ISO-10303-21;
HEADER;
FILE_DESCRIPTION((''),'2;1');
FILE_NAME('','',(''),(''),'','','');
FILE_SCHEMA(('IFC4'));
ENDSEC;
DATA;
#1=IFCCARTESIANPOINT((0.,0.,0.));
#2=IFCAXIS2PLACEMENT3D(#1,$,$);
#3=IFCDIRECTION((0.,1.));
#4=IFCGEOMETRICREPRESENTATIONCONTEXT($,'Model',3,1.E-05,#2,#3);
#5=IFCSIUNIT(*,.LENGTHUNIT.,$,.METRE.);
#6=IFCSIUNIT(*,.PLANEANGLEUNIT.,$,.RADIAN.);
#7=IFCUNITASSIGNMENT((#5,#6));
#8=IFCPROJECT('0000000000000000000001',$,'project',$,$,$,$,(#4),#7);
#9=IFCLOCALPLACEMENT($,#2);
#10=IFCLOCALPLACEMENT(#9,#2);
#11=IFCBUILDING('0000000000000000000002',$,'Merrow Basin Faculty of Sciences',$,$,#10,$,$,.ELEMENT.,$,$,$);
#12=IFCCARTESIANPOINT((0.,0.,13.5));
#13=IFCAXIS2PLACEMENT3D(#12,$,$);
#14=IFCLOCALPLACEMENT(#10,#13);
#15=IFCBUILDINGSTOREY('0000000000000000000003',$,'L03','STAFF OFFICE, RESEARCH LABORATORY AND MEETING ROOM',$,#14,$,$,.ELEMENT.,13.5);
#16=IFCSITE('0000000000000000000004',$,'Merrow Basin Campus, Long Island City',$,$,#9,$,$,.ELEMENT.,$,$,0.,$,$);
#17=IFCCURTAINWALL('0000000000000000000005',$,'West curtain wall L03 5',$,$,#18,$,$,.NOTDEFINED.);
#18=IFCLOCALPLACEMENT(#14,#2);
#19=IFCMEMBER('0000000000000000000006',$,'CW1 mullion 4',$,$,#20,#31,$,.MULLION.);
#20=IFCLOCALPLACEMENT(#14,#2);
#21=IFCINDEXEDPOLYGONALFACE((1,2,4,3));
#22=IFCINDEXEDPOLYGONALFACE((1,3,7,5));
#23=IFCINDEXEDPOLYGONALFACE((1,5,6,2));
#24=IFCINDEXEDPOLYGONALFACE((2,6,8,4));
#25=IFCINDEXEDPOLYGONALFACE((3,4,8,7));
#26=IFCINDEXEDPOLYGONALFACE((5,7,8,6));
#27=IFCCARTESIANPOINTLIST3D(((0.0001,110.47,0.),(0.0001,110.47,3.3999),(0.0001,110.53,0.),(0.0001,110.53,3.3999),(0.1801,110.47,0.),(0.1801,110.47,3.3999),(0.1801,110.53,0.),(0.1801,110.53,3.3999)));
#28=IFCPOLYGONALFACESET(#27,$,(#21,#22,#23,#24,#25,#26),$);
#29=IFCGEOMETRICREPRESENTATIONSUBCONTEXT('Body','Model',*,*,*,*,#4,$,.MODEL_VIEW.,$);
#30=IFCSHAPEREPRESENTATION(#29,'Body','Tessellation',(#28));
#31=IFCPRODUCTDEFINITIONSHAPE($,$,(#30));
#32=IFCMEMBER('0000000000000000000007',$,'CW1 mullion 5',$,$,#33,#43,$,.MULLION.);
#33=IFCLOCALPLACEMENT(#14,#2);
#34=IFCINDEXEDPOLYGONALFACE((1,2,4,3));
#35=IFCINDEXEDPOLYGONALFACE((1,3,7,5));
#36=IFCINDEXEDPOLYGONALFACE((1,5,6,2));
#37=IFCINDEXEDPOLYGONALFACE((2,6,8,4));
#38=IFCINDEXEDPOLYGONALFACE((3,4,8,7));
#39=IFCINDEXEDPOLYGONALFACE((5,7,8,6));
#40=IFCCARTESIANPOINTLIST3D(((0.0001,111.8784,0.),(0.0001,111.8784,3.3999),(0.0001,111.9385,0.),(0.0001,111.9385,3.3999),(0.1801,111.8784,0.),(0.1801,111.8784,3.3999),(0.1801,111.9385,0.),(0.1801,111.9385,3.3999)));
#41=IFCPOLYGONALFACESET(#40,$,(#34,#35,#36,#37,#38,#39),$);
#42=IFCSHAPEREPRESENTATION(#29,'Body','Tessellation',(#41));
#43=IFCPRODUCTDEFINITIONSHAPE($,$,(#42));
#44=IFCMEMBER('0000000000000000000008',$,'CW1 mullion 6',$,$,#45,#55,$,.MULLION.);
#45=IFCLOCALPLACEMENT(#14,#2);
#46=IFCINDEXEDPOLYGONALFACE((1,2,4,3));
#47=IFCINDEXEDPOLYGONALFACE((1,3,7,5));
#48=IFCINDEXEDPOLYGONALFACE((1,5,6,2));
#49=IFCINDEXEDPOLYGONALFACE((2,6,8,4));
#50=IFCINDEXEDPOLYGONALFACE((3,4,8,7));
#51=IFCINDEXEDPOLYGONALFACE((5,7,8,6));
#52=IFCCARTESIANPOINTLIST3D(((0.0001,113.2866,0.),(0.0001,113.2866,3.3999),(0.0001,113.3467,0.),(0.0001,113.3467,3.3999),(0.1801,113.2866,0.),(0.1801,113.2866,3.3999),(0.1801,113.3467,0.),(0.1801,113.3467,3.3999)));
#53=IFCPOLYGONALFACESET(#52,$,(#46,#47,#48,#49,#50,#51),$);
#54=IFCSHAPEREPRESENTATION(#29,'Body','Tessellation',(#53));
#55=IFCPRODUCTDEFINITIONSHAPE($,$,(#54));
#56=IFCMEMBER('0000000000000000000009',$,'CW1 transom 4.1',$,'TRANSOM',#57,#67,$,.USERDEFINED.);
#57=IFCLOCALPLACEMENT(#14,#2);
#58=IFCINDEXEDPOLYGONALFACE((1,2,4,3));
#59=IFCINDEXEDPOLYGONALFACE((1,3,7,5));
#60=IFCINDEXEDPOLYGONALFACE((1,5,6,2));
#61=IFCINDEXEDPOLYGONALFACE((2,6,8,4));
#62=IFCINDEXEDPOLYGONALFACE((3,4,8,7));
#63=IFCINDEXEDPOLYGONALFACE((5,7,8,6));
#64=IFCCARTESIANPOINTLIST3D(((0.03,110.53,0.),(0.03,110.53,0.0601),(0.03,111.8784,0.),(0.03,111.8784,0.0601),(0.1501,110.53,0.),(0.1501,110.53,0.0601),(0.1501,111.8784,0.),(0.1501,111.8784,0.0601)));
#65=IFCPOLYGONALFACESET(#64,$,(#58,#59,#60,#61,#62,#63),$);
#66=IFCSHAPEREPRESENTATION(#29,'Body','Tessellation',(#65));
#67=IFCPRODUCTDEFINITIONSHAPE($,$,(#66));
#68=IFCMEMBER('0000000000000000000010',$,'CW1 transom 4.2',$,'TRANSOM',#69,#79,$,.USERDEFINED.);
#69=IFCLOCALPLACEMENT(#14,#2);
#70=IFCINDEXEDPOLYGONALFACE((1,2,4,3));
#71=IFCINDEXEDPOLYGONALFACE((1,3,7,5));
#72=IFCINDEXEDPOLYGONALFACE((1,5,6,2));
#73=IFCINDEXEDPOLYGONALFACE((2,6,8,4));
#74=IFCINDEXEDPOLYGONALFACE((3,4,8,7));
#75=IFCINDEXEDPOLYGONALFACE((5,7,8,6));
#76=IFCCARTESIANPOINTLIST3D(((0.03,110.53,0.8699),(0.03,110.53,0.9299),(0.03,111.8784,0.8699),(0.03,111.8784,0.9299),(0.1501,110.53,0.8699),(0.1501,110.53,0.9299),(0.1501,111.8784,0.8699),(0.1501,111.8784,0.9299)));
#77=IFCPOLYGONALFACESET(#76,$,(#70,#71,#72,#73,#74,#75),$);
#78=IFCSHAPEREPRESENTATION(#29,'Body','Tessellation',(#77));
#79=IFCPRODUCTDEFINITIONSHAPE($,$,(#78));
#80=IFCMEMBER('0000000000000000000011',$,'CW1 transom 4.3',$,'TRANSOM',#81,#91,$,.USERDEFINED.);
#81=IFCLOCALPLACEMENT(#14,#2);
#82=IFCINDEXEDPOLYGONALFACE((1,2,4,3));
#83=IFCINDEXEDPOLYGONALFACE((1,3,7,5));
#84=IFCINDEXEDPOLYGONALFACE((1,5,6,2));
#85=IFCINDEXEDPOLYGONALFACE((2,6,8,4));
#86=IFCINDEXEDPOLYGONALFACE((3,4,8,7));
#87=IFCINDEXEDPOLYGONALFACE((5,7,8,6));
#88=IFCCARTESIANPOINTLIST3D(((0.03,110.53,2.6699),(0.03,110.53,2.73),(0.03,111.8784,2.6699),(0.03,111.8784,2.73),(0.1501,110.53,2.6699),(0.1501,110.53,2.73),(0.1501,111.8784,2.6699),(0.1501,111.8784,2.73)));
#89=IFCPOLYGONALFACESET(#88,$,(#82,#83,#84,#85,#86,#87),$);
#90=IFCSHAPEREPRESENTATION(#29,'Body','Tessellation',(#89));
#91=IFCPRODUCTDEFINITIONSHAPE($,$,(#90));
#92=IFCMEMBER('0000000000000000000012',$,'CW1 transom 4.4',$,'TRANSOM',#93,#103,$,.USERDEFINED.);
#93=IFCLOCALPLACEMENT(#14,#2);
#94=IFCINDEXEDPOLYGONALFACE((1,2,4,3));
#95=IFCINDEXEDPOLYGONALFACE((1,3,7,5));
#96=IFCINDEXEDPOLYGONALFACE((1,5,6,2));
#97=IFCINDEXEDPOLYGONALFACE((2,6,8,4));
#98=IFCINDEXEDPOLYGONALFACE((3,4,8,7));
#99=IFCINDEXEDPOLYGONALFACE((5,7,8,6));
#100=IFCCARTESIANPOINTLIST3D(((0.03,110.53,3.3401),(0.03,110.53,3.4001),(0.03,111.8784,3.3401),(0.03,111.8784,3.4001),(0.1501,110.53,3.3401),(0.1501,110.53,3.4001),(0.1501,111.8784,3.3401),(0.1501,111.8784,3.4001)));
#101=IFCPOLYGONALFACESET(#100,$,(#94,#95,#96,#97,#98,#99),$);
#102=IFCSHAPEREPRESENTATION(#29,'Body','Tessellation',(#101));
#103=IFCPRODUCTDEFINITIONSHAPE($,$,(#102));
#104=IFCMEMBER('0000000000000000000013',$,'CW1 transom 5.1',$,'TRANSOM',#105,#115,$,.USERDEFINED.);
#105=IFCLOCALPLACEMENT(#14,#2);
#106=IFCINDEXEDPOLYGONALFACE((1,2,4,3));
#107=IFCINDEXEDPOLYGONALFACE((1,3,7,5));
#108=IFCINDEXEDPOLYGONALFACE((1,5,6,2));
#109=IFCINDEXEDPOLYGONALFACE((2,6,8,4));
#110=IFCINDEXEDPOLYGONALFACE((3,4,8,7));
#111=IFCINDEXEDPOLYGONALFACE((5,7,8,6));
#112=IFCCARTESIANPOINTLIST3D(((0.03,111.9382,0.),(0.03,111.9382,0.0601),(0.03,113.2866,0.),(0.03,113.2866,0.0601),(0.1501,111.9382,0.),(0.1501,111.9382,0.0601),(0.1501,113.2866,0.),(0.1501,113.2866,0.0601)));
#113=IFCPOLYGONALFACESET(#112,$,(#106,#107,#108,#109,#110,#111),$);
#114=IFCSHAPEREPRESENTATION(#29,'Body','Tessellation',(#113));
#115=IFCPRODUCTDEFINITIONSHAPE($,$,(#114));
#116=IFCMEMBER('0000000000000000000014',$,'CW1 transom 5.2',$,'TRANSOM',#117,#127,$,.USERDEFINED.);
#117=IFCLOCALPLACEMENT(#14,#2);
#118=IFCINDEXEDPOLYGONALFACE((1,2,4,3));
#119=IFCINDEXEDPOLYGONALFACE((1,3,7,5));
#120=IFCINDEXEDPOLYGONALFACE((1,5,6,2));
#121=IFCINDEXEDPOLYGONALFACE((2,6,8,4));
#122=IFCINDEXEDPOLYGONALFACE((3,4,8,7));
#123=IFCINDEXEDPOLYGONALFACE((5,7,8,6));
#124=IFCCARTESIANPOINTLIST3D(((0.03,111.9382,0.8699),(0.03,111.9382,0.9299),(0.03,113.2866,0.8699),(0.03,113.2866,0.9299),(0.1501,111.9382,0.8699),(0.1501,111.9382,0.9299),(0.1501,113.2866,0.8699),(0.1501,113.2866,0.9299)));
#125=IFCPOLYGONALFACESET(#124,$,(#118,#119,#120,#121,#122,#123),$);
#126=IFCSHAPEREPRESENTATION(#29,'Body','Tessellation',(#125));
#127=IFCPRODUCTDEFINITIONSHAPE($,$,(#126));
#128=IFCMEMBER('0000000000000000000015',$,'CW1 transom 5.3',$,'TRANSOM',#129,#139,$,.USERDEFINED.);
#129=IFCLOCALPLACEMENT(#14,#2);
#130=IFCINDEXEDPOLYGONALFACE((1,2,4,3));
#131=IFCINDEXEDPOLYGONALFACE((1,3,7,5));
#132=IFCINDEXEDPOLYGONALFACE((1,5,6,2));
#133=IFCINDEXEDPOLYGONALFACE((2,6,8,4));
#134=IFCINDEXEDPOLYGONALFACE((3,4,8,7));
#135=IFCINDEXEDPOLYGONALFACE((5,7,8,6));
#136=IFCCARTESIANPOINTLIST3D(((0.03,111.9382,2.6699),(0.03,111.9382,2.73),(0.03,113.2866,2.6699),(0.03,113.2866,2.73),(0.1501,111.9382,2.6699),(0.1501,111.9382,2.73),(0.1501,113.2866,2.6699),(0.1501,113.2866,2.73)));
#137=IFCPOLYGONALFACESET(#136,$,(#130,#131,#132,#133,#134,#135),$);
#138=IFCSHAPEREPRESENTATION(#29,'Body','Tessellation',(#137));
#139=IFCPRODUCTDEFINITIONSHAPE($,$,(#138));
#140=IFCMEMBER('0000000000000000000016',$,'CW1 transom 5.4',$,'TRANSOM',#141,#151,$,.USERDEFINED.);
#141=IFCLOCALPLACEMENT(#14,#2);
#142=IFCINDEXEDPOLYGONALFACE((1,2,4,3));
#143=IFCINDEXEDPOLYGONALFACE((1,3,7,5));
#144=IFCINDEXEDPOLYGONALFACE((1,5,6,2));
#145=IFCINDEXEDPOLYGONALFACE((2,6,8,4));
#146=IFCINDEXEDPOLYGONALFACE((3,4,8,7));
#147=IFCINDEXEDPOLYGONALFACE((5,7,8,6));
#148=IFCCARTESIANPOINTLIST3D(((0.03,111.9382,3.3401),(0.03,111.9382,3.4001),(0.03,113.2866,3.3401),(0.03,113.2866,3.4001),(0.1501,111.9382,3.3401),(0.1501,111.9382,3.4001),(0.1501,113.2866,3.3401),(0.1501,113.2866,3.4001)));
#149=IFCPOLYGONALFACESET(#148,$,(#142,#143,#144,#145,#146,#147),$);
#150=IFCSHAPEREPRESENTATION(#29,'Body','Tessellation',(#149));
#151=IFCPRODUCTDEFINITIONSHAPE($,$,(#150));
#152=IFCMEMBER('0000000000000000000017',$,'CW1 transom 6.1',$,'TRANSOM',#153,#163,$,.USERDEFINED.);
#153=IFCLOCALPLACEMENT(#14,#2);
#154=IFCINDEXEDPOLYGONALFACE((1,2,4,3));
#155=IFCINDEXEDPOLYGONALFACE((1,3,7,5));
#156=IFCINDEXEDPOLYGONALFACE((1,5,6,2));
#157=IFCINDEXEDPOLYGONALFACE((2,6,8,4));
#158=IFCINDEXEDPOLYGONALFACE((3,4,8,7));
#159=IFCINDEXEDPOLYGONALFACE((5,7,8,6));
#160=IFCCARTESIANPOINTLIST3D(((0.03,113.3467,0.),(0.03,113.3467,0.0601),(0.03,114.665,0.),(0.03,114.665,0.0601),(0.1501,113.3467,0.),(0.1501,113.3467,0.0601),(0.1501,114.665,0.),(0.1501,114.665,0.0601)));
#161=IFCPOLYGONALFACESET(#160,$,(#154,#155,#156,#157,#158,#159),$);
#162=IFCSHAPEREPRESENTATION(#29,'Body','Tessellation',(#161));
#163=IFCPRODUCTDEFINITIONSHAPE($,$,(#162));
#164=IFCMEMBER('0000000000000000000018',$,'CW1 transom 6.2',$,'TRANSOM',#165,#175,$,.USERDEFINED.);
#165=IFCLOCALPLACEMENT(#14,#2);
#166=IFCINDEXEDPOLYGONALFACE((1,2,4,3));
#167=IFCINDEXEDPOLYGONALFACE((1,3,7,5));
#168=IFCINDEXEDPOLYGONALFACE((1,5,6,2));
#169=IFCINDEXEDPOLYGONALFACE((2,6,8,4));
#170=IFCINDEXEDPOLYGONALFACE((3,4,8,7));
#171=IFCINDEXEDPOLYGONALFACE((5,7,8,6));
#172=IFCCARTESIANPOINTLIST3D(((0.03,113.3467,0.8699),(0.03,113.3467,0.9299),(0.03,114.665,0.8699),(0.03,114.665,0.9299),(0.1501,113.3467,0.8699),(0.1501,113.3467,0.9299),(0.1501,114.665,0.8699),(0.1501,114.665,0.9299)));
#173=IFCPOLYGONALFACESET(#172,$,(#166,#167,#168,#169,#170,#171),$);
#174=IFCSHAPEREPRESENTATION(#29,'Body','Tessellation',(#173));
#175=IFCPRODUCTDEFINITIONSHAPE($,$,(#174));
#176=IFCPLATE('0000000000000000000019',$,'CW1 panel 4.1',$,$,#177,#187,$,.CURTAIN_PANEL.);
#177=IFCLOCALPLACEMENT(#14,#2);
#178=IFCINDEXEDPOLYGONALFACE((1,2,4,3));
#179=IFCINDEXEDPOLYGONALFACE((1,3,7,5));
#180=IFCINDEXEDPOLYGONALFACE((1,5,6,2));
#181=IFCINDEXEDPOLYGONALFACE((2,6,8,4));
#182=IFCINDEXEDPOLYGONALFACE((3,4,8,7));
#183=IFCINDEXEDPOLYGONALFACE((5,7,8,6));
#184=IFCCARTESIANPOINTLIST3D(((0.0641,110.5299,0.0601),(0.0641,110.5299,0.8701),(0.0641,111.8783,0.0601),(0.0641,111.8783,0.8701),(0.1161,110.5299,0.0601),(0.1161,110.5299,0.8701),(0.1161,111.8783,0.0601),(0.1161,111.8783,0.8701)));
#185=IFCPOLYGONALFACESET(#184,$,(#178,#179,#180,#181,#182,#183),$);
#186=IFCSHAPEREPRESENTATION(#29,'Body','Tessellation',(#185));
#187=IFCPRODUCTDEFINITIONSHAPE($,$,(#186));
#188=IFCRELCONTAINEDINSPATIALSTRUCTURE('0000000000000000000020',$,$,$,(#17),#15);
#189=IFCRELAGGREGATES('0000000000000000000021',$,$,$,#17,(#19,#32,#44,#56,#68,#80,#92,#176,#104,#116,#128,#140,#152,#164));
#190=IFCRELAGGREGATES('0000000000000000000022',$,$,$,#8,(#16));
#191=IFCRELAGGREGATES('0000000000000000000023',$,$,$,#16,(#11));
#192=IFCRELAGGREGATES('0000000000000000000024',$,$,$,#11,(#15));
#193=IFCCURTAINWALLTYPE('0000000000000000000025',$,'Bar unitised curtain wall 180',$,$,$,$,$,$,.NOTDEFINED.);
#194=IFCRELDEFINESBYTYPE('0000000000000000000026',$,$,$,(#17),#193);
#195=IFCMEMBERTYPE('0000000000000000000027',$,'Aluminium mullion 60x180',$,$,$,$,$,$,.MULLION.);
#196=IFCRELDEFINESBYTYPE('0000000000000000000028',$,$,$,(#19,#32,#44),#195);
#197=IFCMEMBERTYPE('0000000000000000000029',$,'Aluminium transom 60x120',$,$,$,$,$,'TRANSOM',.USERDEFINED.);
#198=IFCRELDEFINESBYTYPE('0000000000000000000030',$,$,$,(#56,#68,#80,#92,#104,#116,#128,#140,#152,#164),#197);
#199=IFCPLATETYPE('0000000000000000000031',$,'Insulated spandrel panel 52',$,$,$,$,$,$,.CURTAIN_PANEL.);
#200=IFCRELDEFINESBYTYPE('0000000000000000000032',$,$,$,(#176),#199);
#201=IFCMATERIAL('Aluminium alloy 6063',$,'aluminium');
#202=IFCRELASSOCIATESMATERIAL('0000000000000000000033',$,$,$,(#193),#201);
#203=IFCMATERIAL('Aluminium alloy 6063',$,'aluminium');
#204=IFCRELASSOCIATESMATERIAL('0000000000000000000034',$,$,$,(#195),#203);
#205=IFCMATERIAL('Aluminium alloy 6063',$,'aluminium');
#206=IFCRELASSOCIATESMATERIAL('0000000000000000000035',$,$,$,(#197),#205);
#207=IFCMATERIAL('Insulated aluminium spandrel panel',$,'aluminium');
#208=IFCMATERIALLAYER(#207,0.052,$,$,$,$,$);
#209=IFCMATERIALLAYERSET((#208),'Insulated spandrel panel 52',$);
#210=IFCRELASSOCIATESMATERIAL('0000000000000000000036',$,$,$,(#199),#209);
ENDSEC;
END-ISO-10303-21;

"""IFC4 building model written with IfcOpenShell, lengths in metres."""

from ifc_helpers import new_model, si_unit, direction, frame, origin, origin_2d, place, context, subcontext, project, spatial, rectangle, extrude, material, layer, layer_set, material_profile, profile_set, type_object, element, aggregate, save


model = new_model("IFC4")

# Units and contexts
model_context = context("Model", 3, precision=1e-05, world=origin(), true_north=direction((0.0, 1.0)))
body_context = subcontext(model_context, "Body", "Model", "MODEL_VIEW")
ifc_project = project(units=[si_unit("LENGTHUNIT", "METRE"), si_unit("PLANEANGLEUNIT", "RADIAN")], contexts=[model_context])

# Site, building, storey
site_placement = place(None, origin())
site = spatial("IfcSite", under=ifc_project, at=site_placement, Name="Merrow Basin Campus, Long Island City", CompositionType="ELEMENT", RefElevation=0.0)
building_placement = place(site_placement, origin())
building = spatial("IfcBuilding", under=site, at=building_placement, Name="Merrow Basin Faculty of Sciences", CompositionType="ELEMENT")
storey_placement = place(building_placement, frame((0.0, 0.0, 13.5)))
storey = spatial("IfcBuildingStorey", under=building, at=storey_placement, Name="L03", Description="STAFF OFFICE, RESEARCH LABORATORY AND MEETING ROOM", CompositionType="ELEMENT", Elevation=13.5)

# Curtain wall, members, plate
ifc_material_1 = material(Name="Aluminium alloy 6063", Category="aluminium")
curtain_wall_type = type_object("IfcCurtainWallType", Name="Bar unitised curtain wall 180", PredefinedType="NOTDEFINED", material=ifc_material_1)
curtain_wall_placement = place(storey_placement, origin())
curtain_wall = element("IfcCurtainWall", 1, at=curtain_wall_placement, inside=storey, type_object=curtain_wall_type, Name="West curtain wall L03 5", PredefinedType="NOTDEFINED")
ifc_material_2 = material(Name="Aluminium alloy 6063", Category="aluminium")
ifc_material_profile_1 = material_profile(ifc_material_2, rectangle(XDim=0.1799, YDim=0.0601, at=origin_2d()))
ifc_profile_set_1 = profile_set([ifc_material_profile_1], Name="Aluminium alloy 6063")
member_type_1 = type_object("IfcMemberType", Name="Aluminium mullion 60x180", PredefinedType="MULLION", material=ifc_profile_set_1)
member_1_placement = place(storey_placement, frame((0.0901, 110.5, 0.0), z_axis=(0.0, 0.0, 1.0), x_axis=(-1.0, 0.0, 0.0)))
member_1 = element("IfcMember", 2, at=member_1_placement, type_object=member_type_1, Name="CW1 mullion 4", PredefinedType="MULLION", context=body_context, shape_type="SweptSolid", body=[
    extrude(rectangle(XDim=0.1799, YDim=0.0601, at=origin_2d()), origin(), (0.0, 0.0, 1.0), 3.3999),
])
member_2_placement = place(storey_placement, frame((0.0901, 111.9084, 0.0), z_axis=(0.0, 0.0, 1.0), x_axis=(-1.0, 0.0, 0.0)))
member_2 = element("IfcMember", 3, at=member_2_placement, type_object=member_type_1, Name="CW1 mullion 5", PredefinedType="MULLION", context=body_context, shape_type="SweptSolid", body=[
    extrude(rectangle(XDim=0.1799, YDim=0.0601, at=origin_2d()), origin(), (0.0, 0.0, 1.0), 3.3999),
])
member_3_placement = place(storey_placement, frame((0.0901, 113.3167, 0.0), z_axis=(0.0, 0.0, 1.0), x_axis=(-1.0, 0.0, 0.0)))
member_3 = element("IfcMember", 4, at=member_3_placement, type_object=member_type_1, Name="CW1 mullion 6", PredefinedType="MULLION", context=body_context, shape_type="SweptSolid", body=[
    extrude(rectangle(XDim=0.1799, YDim=0.0601, at=origin_2d()), origin(), (0.0, 0.0, 1.0), 3.3999),
])
ifc_material_3 = material(Name="Aluminium alloy 6063", Category="aluminium")
ifc_material_profile_2 = material_profile(ifc_material_3, rectangle(XDim=0.1201, YDim=0.0601, at=origin_2d()))
ifc_profile_set_2 = profile_set([ifc_material_profile_2], Name="Aluminium alloy 6063")
member_type_2 = type_object("IfcMemberType", Name="Aluminium transom 60x120", ElementType="TRANSOM", PredefinedType="USERDEFINED", material=ifc_profile_set_2)
member_4_placement = place(storey_placement, frame((0.0901, 110.53, 0.03), z_axis=(0.0, 1.0, 0.0), x_axis=(-1.0, 0.0, 0.0)))
member_4 = element("IfcMember", 5, at=member_4_placement, type_object=member_type_2, Name="CW1 transom 4.1", ObjectType="TRANSOM", PredefinedType="USERDEFINED", context=body_context, shape_type="SweptSolid", body=[
    extrude(rectangle(XDim=0.1201, YDim=0.0601, at=origin_2d()), origin(), (0.0, 0.0, 1.0), 1.3484),
])
member_5_placement = place(storey_placement, frame((0.0901, 110.53, 0.8999), z_axis=(0.0, 1.0, 0.0), x_axis=(-1.0, 0.0, 0.0)))
member_5 = element("IfcMember", 6, at=member_5_placement, type_object=member_type_2, Name="CW1 transom 4.2", ObjectType="TRANSOM", PredefinedType="USERDEFINED", context=body_context, shape_type="SweptSolid", body=[
    extrude(rectangle(XDim=0.1201, YDim=0.0601, at=origin_2d()), origin(), (0.0, 0.0, 1.0), 1.3484),
])
member_6_placement = place(storey_placement, frame((0.0901, 110.53, 2.7), z_axis=(0.0, 1.0, 0.0), x_axis=(-1.0, 0.0, 0.0)))
member_6 = element("IfcMember", 7, at=member_6_placement, type_object=member_type_2, Name="CW1 transom 4.3", ObjectType="TRANSOM", PredefinedType="USERDEFINED", context=body_context, shape_type="SweptSolid", body=[
    extrude(rectangle(XDim=0.1201, YDim=0.0601, at=origin_2d()), origin(), (0.0, 0.0, 1.0), 1.3484),
])
member_7_placement = place(storey_placement, frame((0.0901, 110.53, 3.3701), z_axis=(0.0, 1.0, 0.0), x_axis=(-1.0, 0.0, 0.0)))
member_7 = element("IfcMember", 8, at=member_7_placement, type_object=member_type_2, Name="CW1 transom 4.4", ObjectType="TRANSOM", PredefinedType="USERDEFINED", context=body_context, shape_type="SweptSolid", body=[
    extrude(rectangle(XDim=0.1201, YDim=0.0601, at=origin_2d()), origin(), (0.0, 0.0, 1.0), 1.3484),
])
member_8_placement = place(storey_placement, frame((0.0901, 111.9382, 0.03), z_axis=(0.0, 1.0, 0.0), x_axis=(-1.0, 0.0, 0.0)))
member_8 = element("IfcMember", 9, at=member_8_placement, type_object=member_type_2, Name="CW1 transom 5.1", ObjectType="TRANSOM", PredefinedType="USERDEFINED", context=body_context, shape_type="SweptSolid", body=[
    extrude(rectangle(XDim=0.1201, YDim=0.0601, at=origin_2d()), origin(), (0.0, 0.0, 1.0), 1.3484),
])
member_9_placement = place(storey_placement, frame((0.0901, 111.9382, 0.8999), z_axis=(0.0, 1.0, 0.0), x_axis=(-1.0, 0.0, 0.0)))
member_9 = element("IfcMember", 10, at=member_9_placement, type_object=member_type_2, Name="CW1 transom 5.2", ObjectType="TRANSOM", PredefinedType="USERDEFINED", context=body_context, shape_type="SweptSolid", body=[
    extrude(rectangle(XDim=0.1201, YDim=0.0601, at=origin_2d()), origin(), (0.0, 0.0, 1.0), 1.3484),
])
member_10_placement = place(storey_placement, frame((0.0901, 111.9382, 2.7), z_axis=(0.0, 1.0, 0.0), x_axis=(-1.0, 0.0, 0.0)))
member_10 = element("IfcMember", 11, at=member_10_placement, type_object=member_type_2, Name="CW1 transom 5.3", ObjectType="TRANSOM", PredefinedType="USERDEFINED", context=body_context, shape_type="SweptSolid", body=[
    extrude(rectangle(XDim=0.1201, YDim=0.0601, at=origin_2d()), origin(), (0.0, 0.0, 1.0), 1.3484),
])
member_11_placement = place(storey_placement, frame((0.0901, 111.9382, 3.3701), z_axis=(0.0, 1.0, 0.0), x_axis=(-1.0, 0.0, 0.0)))
member_11 = element("IfcMember", 12, at=member_11_placement, type_object=member_type_2, Name="CW1 transom 5.4", ObjectType="TRANSOM", PredefinedType="USERDEFINED", context=body_context, shape_type="SweptSolid", body=[
    extrude(rectangle(XDim=0.1201, YDim=0.0601, at=origin_2d()), origin(), (0.0, 0.0, 1.0), 1.3484),
])
member_12_placement = place(storey_placement, frame((0.0901, 113.3467, 0.03), z_axis=(0.0, 1.0, 0.0), x_axis=(-1.0, 0.0, 0.0)))
member_12 = element("IfcMember", 13, at=member_12_placement, type_object=member_type_2, Name="CW1 transom 6.1", ObjectType="TRANSOM", PredefinedType="USERDEFINED", context=body_context, shape_type="SweptSolid", body=[
    extrude(rectangle(XDim=0.1201, YDim=0.0601, at=origin_2d()), origin(), (0.0, 0.0, 1.0), 1.3184),
])
member_13_placement = place(storey_placement, frame((0.0901, 113.3467, 0.8999), z_axis=(0.0, 1.0, 0.0), x_axis=(-1.0, 0.0, 0.0)))
member_13 = element("IfcMember", 14, at=member_13_placement, type_object=member_type_2, Name="CW1 transom 6.2", ObjectType="TRANSOM", PredefinedType="USERDEFINED", context=body_context, shape_type="SweptSolid", body=[
    extrude(rectangle(XDim=0.1201, YDim=0.0601, at=origin_2d()), origin(), (0.0, 0.0, 1.0), 1.3184),
])
ifc_material_4 = material(Name="Insulated aluminium spandrel panel", Category="aluminium")
ifc_layer_1 = layer(ifc_material_4, 0.052)
ifc_layer_set_1 = layer_set([ifc_layer_1], Name="Insulated spandrel panel 52")
plate_type_1 = type_object("IfcPlateType", Name="Insulated spandrel panel 52", PredefinedType="CURTAIN_PANEL", material=ifc_layer_set_1)
plate_1_placement = place(storey_placement, frame((0.0901, 111.2041, 0.0601), z_axis=(0.0, 0.0, 1.0), x_axis=(0.0, 1.0, 0.0)))
plate_1 = element("IfcPlate", 15, at=plate_1_placement, type_object=plate_type_1, Name="CW1 panel 4.1", PredefinedType="CURTAIN_PANEL", context=body_context, shape_type="SweptSolid", body=[
    extrude(rectangle(XDim=1.3484, YDim=0.052, at=origin_2d()), origin(), (0.0, 0.0, 1.0), 0.8101),
])
aggregate(curtain_wall, [member_1, member_2, member_3, member_4, member_5, member_6, member_7, plate_1, member_8, member_9, member_10, member_11, member_12, member_13])

save(model, "model.ifc")
